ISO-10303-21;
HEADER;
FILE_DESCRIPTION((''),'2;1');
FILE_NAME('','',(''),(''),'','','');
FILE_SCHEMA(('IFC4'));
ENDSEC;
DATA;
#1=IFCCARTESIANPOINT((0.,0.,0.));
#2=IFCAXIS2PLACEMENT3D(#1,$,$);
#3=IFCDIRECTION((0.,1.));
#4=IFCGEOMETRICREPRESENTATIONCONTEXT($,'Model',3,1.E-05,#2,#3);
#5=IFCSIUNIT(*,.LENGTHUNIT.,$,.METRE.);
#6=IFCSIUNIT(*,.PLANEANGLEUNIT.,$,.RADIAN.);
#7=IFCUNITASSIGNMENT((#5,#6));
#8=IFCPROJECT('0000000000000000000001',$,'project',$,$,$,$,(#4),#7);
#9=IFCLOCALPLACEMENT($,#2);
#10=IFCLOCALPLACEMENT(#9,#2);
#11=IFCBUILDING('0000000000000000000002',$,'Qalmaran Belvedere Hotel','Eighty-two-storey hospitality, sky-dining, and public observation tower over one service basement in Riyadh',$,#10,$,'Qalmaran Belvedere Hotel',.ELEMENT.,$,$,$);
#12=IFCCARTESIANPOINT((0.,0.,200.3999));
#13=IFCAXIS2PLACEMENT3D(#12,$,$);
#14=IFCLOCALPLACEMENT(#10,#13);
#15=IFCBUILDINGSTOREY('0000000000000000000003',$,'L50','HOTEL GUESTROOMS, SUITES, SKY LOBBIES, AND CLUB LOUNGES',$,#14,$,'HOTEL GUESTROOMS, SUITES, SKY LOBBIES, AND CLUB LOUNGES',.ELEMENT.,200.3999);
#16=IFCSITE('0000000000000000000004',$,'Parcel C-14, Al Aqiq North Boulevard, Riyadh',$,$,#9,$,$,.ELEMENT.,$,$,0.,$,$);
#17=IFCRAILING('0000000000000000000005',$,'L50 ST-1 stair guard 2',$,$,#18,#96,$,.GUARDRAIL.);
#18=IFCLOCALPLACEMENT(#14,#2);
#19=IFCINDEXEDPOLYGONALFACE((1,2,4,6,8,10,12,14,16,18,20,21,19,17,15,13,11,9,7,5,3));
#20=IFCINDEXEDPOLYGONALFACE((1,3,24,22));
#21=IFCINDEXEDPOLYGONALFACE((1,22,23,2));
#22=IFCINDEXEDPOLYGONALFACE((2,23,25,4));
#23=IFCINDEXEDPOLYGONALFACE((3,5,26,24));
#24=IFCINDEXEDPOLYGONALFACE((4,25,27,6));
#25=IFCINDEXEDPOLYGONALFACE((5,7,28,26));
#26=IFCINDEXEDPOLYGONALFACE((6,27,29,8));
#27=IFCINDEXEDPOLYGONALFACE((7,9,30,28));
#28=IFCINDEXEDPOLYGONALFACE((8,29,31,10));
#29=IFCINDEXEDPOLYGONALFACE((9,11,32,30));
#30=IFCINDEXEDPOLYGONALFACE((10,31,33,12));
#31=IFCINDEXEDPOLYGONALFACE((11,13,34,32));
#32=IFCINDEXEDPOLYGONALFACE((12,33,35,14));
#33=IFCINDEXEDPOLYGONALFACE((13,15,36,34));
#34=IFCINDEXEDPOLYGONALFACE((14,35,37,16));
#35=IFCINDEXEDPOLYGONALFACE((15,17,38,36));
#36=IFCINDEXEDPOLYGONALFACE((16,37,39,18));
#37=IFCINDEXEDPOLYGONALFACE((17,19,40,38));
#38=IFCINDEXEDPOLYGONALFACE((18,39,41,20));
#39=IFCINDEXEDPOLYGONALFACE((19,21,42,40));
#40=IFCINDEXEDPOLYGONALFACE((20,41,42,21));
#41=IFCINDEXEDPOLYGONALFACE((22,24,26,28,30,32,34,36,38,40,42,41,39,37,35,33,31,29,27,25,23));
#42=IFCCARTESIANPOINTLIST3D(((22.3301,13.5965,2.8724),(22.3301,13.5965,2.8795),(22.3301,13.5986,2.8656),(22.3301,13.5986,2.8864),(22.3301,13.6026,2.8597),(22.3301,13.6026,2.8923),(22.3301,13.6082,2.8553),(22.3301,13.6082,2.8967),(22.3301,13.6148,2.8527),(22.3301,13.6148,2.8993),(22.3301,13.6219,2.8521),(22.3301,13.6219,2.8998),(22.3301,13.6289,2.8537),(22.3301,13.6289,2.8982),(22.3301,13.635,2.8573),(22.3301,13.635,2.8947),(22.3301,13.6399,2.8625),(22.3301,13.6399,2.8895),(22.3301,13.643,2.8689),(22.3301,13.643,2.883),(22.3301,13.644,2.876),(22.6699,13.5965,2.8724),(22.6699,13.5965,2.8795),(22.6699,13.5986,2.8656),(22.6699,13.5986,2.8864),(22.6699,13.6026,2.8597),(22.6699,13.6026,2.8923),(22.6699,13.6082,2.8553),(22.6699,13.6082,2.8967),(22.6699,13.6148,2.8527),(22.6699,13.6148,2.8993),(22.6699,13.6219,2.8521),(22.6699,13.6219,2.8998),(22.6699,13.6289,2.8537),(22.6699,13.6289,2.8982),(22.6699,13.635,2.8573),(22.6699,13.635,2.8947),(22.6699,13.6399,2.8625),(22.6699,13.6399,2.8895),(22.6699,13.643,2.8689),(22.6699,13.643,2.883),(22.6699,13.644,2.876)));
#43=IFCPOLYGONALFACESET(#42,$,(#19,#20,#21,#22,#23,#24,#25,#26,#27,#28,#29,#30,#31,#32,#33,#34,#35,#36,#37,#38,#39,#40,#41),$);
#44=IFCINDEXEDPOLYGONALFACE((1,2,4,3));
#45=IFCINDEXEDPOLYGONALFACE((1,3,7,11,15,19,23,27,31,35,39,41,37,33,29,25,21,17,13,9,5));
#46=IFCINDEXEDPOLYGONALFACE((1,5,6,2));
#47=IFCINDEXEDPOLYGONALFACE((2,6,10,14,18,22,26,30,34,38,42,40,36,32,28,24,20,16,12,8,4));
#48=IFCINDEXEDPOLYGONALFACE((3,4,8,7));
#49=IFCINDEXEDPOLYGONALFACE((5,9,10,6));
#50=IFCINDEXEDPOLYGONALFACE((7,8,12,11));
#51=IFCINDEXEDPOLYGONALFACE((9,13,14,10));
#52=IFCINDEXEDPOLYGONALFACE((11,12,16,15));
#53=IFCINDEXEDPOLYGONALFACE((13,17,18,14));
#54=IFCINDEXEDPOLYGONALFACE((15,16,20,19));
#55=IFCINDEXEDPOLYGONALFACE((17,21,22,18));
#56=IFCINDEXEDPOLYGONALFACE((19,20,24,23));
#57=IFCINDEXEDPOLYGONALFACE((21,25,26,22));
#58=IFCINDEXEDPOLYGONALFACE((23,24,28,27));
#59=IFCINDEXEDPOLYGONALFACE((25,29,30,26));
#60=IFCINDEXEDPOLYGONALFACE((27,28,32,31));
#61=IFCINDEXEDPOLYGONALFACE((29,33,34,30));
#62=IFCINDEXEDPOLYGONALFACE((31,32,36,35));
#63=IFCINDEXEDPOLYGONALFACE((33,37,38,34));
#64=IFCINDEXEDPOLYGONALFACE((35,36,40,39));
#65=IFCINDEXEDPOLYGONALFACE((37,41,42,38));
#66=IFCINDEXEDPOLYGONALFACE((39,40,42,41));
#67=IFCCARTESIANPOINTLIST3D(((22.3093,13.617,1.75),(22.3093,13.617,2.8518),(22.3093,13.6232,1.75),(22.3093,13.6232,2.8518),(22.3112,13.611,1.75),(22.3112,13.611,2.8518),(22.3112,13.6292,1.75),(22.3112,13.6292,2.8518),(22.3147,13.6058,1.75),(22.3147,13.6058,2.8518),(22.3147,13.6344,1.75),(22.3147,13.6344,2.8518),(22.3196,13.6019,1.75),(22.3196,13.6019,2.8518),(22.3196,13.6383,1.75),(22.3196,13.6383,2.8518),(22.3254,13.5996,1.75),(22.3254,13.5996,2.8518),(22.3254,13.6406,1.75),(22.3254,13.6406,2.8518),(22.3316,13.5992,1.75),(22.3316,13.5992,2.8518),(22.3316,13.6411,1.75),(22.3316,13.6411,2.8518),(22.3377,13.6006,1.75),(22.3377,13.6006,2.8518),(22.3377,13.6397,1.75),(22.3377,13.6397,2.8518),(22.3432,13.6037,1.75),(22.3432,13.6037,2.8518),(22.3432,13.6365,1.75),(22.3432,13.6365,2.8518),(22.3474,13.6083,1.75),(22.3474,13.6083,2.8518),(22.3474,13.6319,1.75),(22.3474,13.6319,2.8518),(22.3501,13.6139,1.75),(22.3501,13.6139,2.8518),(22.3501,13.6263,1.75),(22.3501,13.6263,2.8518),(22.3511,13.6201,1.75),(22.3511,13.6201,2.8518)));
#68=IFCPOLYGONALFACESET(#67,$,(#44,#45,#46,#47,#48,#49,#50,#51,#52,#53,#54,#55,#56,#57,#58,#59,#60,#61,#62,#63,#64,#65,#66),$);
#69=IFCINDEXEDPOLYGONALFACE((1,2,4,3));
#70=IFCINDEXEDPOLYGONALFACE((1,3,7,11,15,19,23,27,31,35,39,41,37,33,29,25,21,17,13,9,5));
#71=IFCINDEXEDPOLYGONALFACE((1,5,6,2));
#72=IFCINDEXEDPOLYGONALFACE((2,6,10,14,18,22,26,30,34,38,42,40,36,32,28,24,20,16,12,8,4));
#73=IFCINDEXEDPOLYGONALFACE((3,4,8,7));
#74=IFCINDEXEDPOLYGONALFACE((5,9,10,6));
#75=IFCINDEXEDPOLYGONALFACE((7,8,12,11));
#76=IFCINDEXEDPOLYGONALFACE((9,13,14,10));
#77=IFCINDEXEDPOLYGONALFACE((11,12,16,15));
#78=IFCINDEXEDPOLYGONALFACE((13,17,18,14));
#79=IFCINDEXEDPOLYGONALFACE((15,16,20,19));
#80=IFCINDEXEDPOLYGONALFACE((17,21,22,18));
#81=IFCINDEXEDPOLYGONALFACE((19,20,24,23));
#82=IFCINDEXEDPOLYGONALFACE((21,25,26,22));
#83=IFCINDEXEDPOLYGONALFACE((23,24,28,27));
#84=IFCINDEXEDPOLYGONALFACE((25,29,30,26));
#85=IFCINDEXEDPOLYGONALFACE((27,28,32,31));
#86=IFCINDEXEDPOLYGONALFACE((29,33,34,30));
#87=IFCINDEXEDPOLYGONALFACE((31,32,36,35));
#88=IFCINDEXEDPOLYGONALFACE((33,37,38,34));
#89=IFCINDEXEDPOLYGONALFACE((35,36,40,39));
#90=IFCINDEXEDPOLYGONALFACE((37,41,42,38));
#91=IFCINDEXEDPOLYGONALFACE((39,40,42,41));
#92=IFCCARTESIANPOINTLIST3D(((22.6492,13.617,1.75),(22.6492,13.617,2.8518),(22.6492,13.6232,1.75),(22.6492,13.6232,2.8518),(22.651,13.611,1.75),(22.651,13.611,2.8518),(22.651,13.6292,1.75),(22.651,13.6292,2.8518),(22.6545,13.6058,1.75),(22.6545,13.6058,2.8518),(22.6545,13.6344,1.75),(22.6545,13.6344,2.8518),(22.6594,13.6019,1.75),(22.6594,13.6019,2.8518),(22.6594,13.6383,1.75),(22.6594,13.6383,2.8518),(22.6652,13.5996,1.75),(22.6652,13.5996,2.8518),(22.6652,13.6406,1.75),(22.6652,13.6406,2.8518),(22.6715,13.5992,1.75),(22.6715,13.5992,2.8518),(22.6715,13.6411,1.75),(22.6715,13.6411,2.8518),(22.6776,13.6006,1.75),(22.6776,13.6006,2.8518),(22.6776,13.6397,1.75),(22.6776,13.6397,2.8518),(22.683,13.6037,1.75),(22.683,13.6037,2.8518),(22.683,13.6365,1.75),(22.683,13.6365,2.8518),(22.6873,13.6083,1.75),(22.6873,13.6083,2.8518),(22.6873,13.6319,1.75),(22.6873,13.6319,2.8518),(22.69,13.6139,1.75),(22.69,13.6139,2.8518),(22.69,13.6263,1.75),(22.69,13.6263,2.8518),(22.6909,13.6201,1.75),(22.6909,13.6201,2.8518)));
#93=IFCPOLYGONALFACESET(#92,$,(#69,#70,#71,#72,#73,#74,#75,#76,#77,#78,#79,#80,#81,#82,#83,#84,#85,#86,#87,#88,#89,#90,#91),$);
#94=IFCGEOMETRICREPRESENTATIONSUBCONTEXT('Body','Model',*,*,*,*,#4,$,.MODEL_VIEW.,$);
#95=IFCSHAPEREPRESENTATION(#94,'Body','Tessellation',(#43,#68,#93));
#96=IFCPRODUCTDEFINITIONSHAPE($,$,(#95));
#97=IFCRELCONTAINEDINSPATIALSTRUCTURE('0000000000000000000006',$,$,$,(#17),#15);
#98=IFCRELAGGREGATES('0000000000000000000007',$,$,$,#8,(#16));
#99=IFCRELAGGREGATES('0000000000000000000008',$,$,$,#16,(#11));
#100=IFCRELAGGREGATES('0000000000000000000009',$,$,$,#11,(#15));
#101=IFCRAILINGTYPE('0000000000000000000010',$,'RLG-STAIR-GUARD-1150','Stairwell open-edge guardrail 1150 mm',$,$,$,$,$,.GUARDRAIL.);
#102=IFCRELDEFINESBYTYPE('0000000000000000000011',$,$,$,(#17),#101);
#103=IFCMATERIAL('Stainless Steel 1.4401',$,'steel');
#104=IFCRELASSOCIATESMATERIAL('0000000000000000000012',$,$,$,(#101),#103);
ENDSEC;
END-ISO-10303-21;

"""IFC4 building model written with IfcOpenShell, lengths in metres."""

from ifc_helpers import new_model, si_unit, direction, frame, origin, origin_2d, place, context, subcontext, project, spatial, circle, extrude, material, type_object, element, save


model = new_model("IFC4")

# Units and contexts
model_context = context("Model", 3, precision=1e-05, world=origin(), true_north=direction((0.0, 1.0)))
body_context = subcontext(model_context, "Body", "Model", "MODEL_VIEW")
ifc_project = project(units=[si_unit("LENGTHUNIT", "METRE"), si_unit("PLANEANGLEUNIT", "RADIAN")], contexts=[model_context])

# Site, building, storey
site_placement = place(None, origin())
site = spatial("IfcSite", under=ifc_project, at=site_placement, Name="Parcel C-14, Al Aqiq North Boulevard, Riyadh", CompositionType="ELEMENT", RefElevation=0.0)
building_placement = place(site_placement, origin())
building = spatial("IfcBuilding", under=site, at=building_placement, Name="Qalmaran Belvedere Hotel", Description="Eighty-two-storey hospitality, sky-dining, and public observation tower over one service basement in Riyadh", LongName="Qalmaran Belvedere Hotel", CompositionType="ELEMENT")
storey_placement = place(building_placement, frame((0.0, 0.0, 200.3999)))
storey = spatial("IfcBuildingStorey", under=building, at=storey_placement, Name="L50", Description="HOTEL GUESTROOMS, SUITES, SKY LOBBIES, AND CLUB LOUNGES", LongName="HOTEL GUESTROOMS, SUITES, SKY LOBBIES, AND CLUB LOUNGES", CompositionType="ELEMENT", Elevation=200.3999)

# Shared definitions
ifc_material_1 = material(Name="Stainless Steel 1.4401", Category="steel")

# Railing
railing_type_1 = type_object("IfcRailingType", Name="RLG-STAIR-GUARD-1150", Description="Stairwell open-edge guardrail 1150 mm", PredefinedType="GUARDRAIL", material=ifc_material_1)
railing_1_placement = place(storey_placement, frame((22.3301, 13.6201, 1.75)))
element("IfcRailing", 1, at=railing_1_placement, inside=storey, type_object=railing_type_1, Name="L50 ST-1 stair guard 2", PredefinedType="GUARDRAIL", context=body_context, shape_type="SweptSolid", body=[
    extrude(circle(Radius=0.0239, at=origin_2d()), frame((0.0, 0.0, 1.126), z_axis=(1.0, 0.0, 0.0), x_axis=(0.0, 1.0, 0.0)), (0.0, 0.0, 1.0), 0.3398),
    extrude(circle(Radius=0.021, at=origin_2d()), origin(), (0.0, 0.0, 1.0), 1.1018),
    extrude(circle(Radius=0.021, at=origin_2d()), frame((0.3398, 0.0, 0.0)), (0.0, 0.0, 1.0), 1.1018),
])

save(model, "model.ifc")
